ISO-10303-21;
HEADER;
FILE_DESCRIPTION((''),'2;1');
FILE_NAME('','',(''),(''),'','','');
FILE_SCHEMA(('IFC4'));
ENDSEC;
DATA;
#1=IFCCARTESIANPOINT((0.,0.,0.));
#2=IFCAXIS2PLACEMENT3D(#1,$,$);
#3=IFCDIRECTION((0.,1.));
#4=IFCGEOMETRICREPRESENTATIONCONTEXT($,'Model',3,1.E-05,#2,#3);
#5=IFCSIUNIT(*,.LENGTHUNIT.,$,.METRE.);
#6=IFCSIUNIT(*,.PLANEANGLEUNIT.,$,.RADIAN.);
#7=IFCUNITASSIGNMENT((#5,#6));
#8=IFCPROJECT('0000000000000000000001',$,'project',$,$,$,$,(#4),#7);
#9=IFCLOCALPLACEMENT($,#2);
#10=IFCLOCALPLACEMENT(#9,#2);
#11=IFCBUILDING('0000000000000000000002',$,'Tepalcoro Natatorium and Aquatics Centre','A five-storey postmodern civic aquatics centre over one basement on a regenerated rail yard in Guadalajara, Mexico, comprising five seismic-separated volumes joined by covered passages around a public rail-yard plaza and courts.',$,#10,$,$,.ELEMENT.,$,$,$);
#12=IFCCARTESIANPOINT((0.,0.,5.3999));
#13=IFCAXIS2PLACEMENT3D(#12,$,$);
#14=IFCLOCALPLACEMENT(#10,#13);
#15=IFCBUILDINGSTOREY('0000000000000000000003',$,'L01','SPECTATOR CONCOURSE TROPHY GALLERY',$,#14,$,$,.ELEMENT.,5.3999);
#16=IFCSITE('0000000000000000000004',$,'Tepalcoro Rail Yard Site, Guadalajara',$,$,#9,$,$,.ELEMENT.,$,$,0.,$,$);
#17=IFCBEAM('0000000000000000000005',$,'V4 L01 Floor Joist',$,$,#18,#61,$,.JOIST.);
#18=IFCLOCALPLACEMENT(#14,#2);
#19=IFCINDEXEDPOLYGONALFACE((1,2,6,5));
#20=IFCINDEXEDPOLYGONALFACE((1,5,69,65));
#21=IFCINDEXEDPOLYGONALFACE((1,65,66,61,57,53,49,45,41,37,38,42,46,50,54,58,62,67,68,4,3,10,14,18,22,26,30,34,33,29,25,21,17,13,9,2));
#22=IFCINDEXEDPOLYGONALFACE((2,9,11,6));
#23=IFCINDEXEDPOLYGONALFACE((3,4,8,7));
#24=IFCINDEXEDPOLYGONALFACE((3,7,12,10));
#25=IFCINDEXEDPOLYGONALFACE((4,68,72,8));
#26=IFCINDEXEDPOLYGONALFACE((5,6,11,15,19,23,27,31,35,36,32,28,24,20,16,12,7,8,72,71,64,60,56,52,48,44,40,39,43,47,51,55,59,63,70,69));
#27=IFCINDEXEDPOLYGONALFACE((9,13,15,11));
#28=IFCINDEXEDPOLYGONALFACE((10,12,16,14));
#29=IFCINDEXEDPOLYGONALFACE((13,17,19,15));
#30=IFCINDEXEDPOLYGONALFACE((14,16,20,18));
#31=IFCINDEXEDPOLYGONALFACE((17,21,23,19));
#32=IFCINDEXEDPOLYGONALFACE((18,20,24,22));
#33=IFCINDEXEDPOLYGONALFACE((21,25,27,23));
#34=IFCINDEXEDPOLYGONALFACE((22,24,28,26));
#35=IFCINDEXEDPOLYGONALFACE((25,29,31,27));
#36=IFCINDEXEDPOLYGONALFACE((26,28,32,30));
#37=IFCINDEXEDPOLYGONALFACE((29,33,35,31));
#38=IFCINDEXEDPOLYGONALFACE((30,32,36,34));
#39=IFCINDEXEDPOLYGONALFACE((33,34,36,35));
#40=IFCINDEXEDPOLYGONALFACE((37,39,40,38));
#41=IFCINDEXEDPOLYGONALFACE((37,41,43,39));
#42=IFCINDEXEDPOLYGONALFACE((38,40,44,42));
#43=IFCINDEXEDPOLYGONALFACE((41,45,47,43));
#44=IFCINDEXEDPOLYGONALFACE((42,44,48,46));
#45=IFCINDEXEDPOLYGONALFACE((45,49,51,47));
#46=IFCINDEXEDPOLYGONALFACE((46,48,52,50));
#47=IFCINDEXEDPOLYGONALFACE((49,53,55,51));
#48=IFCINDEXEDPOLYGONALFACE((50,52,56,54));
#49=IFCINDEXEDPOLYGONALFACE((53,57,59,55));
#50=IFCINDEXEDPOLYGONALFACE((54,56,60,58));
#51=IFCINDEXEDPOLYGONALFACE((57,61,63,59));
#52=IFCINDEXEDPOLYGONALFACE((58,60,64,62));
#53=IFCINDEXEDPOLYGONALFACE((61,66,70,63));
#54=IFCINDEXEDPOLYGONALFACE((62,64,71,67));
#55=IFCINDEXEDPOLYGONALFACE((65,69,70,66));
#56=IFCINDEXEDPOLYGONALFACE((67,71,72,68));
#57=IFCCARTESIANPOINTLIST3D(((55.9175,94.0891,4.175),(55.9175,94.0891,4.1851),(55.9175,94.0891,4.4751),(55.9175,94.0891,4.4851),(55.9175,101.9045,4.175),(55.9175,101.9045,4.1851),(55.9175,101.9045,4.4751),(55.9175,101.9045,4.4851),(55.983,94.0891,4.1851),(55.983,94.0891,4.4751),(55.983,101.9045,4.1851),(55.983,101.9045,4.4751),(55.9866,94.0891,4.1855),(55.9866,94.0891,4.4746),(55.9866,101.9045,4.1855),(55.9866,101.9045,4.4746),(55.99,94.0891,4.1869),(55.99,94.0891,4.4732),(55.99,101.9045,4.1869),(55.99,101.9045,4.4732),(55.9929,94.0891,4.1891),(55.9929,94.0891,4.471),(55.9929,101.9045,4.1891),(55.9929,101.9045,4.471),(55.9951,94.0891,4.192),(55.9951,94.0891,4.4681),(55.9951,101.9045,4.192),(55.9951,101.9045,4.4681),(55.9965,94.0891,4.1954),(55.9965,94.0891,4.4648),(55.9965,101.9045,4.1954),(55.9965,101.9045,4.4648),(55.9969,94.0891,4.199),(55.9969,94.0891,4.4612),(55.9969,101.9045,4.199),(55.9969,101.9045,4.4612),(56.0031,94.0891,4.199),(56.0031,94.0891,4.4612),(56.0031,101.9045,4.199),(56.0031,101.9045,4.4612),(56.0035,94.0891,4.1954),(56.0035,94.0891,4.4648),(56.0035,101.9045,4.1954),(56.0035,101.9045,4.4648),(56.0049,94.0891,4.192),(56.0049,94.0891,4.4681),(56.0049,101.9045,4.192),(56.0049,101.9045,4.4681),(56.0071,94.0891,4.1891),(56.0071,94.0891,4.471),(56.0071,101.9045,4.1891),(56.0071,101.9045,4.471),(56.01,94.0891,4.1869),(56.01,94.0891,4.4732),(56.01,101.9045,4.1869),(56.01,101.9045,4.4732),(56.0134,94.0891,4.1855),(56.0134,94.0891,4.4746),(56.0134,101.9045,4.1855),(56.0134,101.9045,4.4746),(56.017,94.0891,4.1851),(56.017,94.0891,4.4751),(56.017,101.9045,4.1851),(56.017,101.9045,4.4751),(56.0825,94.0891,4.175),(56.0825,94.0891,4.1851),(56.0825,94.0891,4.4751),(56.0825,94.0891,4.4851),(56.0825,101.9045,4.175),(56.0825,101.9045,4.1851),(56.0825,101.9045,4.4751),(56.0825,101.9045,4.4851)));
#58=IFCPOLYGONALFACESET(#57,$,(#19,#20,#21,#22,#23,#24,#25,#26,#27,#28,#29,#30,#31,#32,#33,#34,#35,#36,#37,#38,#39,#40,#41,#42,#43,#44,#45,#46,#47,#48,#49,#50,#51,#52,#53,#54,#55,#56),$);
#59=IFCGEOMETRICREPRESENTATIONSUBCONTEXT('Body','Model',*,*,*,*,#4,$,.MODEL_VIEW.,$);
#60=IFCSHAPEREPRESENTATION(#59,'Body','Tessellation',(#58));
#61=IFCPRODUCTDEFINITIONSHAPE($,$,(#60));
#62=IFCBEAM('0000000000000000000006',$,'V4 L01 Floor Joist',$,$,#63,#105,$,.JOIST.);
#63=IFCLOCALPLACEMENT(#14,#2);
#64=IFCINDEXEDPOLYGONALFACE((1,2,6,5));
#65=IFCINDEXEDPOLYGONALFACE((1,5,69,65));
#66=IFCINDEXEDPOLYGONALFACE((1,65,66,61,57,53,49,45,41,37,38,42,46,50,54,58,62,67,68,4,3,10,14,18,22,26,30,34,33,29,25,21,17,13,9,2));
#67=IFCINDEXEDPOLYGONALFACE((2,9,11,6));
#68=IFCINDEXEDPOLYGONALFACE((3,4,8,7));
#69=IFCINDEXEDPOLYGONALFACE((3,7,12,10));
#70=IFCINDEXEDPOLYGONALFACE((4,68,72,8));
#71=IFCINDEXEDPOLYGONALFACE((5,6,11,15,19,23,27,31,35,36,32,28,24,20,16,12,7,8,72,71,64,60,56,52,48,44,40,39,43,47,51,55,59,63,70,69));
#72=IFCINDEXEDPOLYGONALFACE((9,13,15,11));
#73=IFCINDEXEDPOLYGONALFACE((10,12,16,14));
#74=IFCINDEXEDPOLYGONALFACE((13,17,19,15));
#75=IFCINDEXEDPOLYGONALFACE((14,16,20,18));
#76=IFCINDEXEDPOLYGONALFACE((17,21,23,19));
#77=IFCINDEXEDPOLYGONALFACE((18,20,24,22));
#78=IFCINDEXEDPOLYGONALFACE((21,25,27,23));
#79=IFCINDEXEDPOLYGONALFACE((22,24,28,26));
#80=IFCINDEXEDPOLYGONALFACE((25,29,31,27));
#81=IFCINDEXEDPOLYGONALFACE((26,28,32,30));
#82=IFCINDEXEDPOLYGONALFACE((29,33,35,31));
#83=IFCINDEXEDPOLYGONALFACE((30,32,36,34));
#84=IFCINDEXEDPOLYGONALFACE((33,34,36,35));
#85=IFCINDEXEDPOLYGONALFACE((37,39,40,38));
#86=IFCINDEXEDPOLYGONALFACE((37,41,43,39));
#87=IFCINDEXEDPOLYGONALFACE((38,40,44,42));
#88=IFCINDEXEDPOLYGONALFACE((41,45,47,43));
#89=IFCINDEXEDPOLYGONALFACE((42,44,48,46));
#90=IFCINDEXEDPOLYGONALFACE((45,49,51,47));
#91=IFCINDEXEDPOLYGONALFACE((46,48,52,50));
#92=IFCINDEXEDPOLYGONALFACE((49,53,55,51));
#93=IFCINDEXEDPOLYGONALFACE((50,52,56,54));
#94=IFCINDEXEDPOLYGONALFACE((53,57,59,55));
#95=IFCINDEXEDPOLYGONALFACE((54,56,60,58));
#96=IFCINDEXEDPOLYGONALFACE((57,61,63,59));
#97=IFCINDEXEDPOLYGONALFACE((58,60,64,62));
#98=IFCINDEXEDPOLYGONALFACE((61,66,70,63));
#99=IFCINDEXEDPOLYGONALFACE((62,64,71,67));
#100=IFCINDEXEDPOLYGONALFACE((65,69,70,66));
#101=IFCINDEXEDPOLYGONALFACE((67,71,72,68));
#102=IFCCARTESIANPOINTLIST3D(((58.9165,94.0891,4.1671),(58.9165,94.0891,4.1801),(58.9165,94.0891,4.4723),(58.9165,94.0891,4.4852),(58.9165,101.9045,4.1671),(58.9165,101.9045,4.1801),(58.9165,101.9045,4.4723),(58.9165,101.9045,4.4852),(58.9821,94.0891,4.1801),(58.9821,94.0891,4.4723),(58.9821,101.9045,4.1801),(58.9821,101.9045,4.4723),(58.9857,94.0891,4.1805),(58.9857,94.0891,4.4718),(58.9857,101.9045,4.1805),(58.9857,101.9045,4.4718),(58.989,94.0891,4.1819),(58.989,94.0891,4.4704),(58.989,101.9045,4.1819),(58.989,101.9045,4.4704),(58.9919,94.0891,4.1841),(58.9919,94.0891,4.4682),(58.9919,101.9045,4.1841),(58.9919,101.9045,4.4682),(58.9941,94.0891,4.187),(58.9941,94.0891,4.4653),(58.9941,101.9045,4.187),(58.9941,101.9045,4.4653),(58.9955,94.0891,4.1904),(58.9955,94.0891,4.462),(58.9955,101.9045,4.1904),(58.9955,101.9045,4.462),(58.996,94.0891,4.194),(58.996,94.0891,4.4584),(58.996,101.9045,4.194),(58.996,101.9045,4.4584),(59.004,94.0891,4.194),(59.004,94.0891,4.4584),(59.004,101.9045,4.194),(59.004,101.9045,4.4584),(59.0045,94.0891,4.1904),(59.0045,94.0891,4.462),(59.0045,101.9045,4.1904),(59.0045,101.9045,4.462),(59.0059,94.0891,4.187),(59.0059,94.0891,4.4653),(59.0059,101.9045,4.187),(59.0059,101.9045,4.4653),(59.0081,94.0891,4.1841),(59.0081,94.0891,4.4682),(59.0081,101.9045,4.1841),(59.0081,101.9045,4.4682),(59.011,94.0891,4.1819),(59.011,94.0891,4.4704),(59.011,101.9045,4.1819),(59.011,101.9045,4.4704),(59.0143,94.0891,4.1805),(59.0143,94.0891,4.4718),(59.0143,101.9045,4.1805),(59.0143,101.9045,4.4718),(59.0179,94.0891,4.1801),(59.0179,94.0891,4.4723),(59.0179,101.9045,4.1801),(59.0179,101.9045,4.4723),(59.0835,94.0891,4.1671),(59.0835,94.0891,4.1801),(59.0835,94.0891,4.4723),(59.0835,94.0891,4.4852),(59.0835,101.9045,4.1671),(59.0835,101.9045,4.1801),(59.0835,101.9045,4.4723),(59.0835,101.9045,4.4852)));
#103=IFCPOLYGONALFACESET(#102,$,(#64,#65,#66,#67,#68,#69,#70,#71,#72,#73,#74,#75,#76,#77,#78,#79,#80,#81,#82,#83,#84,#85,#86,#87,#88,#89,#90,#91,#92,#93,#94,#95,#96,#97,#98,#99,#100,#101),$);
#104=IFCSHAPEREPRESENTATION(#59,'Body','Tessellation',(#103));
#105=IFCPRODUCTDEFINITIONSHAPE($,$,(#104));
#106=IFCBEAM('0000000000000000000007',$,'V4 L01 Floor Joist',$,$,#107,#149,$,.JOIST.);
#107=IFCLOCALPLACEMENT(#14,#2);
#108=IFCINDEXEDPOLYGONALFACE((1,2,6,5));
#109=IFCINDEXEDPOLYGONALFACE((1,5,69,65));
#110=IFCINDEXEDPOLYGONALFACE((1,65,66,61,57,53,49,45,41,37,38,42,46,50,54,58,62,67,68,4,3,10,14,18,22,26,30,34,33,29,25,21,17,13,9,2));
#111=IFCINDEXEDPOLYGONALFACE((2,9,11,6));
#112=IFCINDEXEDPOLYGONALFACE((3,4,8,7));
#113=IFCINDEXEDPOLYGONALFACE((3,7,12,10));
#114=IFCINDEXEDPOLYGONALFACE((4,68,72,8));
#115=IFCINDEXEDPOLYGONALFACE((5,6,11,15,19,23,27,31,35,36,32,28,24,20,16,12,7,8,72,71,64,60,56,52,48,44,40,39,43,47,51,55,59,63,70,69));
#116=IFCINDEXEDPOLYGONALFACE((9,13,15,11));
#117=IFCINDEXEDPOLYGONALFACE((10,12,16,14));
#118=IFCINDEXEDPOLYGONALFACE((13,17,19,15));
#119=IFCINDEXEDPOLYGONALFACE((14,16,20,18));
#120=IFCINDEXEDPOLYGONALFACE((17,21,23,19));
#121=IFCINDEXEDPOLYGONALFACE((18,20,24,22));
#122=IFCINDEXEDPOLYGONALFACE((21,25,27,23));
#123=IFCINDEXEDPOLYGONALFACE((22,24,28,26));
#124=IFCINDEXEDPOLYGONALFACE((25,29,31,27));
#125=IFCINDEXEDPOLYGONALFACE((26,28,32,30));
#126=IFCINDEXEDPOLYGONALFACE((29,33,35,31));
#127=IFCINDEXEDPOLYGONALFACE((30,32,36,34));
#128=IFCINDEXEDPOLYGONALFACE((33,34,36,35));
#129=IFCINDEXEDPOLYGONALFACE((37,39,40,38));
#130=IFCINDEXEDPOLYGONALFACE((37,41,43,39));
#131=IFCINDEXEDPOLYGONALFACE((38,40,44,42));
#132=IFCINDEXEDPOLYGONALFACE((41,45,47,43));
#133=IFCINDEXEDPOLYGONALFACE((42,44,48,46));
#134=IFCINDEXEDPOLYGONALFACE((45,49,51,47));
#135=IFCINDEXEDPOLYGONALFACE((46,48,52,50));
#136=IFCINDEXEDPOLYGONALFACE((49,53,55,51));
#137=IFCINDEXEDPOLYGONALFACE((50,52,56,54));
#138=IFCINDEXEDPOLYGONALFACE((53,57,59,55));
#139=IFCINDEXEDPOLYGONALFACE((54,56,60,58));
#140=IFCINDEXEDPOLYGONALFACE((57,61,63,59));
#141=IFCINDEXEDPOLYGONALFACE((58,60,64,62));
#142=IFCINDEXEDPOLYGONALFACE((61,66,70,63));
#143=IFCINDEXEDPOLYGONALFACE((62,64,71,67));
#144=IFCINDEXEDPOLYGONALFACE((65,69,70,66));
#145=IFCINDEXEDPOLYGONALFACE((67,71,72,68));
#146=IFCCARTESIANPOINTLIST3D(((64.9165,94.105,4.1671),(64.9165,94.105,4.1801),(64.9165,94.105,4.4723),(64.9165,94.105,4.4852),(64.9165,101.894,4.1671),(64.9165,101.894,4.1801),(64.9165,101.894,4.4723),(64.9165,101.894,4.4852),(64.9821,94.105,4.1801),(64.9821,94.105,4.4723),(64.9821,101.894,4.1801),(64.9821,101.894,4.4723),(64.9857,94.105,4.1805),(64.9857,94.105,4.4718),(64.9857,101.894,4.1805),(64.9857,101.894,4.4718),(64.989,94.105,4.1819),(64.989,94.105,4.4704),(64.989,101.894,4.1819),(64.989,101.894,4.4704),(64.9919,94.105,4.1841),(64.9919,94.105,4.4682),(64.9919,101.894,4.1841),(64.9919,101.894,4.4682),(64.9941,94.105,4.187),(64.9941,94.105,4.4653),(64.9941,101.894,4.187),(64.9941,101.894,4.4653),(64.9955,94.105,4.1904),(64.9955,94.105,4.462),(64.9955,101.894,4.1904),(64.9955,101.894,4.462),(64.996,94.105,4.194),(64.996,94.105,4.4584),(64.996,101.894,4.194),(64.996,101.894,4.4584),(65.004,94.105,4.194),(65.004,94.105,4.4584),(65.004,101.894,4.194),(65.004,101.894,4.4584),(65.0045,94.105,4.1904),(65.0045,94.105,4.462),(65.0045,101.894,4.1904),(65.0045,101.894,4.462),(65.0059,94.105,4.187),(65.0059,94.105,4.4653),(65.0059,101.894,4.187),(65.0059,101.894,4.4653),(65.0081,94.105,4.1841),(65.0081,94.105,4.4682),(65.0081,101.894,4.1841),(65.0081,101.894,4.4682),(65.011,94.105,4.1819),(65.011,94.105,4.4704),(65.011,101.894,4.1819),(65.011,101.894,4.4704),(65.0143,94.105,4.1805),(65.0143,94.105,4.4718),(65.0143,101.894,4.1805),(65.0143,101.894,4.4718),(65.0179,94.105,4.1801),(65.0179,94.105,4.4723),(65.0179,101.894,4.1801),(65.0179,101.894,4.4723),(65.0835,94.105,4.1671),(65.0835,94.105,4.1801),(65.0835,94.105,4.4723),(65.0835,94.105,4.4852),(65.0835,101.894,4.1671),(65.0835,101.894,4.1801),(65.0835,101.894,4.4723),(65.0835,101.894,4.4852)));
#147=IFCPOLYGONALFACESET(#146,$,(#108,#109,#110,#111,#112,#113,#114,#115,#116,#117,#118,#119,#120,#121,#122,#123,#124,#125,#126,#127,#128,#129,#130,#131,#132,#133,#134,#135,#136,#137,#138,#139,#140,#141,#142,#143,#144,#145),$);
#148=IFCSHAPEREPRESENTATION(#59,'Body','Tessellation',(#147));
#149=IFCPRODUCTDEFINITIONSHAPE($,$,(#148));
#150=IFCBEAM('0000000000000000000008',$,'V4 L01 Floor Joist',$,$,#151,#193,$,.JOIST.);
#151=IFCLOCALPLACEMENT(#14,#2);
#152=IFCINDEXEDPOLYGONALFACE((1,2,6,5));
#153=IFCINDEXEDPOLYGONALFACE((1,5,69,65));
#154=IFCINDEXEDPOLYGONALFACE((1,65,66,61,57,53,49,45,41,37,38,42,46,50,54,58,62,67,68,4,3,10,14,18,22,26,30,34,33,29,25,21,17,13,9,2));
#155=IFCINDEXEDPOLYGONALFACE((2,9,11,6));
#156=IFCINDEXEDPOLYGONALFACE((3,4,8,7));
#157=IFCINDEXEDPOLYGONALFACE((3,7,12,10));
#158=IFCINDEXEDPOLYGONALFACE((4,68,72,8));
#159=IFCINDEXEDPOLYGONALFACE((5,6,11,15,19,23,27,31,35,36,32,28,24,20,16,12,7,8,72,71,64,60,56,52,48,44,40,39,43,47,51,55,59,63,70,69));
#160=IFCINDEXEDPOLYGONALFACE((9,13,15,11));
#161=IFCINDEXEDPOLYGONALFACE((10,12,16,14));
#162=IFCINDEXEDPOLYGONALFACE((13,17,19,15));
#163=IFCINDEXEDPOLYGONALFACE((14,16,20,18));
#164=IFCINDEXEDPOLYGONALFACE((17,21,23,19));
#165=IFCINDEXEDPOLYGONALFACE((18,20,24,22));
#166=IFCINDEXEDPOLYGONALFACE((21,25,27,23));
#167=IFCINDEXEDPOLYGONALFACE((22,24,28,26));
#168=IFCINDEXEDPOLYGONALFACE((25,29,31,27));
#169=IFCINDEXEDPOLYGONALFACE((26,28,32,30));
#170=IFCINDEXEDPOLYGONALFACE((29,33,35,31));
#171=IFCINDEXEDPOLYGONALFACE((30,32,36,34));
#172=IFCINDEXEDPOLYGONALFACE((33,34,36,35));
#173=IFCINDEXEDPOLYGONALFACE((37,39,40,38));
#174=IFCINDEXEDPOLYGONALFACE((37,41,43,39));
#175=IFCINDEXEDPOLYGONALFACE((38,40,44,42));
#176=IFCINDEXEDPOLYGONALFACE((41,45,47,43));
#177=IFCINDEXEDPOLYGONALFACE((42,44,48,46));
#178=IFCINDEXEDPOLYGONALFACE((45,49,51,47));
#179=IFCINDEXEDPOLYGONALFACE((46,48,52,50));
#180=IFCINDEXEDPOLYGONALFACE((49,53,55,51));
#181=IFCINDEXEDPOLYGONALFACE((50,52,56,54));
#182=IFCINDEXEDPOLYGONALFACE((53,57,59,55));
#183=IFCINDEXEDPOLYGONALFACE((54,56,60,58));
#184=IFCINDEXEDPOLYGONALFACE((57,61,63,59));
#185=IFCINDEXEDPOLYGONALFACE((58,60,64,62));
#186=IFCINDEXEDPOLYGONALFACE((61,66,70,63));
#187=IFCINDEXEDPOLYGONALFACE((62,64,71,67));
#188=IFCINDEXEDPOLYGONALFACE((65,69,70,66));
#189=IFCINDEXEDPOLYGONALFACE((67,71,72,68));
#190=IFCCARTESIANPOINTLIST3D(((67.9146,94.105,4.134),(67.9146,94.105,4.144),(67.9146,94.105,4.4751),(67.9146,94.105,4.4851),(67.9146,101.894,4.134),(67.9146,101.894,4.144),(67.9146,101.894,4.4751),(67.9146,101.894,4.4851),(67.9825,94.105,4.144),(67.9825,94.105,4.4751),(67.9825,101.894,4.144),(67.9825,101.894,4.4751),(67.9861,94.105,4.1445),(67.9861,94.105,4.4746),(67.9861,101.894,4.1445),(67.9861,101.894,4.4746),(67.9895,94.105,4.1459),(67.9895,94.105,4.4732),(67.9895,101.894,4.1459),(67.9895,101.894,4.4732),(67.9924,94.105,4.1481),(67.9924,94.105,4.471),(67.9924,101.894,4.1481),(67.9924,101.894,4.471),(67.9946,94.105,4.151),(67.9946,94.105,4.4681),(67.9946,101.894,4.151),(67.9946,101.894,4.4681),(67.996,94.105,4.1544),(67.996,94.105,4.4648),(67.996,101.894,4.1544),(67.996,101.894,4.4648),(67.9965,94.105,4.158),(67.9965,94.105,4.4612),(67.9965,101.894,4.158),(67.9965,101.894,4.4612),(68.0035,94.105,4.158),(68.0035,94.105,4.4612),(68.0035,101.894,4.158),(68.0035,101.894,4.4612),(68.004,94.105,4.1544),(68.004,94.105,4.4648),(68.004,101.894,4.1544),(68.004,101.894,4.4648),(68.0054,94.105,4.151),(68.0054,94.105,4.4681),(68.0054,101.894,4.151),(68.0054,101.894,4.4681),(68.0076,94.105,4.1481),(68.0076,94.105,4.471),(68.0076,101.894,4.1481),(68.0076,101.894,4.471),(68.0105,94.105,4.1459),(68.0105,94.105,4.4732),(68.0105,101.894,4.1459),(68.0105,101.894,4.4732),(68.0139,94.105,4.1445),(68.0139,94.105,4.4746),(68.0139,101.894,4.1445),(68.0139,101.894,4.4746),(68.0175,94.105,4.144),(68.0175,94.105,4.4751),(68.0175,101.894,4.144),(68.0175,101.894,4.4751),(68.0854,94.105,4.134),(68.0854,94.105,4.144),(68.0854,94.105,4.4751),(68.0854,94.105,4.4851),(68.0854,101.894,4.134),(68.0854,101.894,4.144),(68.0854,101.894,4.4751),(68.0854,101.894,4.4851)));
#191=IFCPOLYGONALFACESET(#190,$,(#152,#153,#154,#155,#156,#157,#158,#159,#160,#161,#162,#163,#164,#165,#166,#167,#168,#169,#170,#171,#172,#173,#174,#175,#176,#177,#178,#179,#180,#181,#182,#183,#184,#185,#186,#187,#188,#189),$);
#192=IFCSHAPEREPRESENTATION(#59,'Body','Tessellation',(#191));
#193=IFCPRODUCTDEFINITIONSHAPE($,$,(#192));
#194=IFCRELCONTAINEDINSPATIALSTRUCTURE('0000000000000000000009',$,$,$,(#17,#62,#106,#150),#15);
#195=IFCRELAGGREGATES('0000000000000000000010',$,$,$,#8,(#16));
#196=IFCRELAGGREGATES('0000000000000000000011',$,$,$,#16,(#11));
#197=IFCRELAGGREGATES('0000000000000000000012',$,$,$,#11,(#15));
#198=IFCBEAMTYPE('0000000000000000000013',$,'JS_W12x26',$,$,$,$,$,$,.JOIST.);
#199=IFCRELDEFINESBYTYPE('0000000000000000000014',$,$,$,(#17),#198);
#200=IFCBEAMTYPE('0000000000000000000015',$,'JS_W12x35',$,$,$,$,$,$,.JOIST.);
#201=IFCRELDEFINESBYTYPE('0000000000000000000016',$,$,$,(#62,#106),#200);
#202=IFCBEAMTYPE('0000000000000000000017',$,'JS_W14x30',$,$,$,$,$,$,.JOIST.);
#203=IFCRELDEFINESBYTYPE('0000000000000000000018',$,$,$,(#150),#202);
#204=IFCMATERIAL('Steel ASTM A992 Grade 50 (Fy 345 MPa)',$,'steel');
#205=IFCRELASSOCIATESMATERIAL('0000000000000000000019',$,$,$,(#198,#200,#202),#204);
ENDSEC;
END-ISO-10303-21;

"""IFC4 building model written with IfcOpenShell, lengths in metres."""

from ifc_helpers import new_model, si_unit, direction, frame, origin, origin_2d, place, context, subcontext, project, spatial, i_section, extrude, material, material_profile, profile_set, type_object, element, save


model = new_model("IFC4")

# Units and contexts
model_context = context("Model", 3, precision=1e-05, world=origin(), true_north=direction((0.0, 1.0)))
body_context = subcontext(model_context, "Body", "Model", "MODEL_VIEW")
ifc_project = project(units=[si_unit("LENGTHUNIT", "METRE"), si_unit("PLANEANGLEUNIT", "RADIAN")], contexts=[model_context])

# Site, building, storey
site_placement = place(None, origin())
site = spatial("IfcSite", under=ifc_project, at=site_placement, Name="Tepalcoro Rail Yard Site, Guadalajara", CompositionType="ELEMENT", RefElevation=0.0)
building_placement = place(site_placement, origin())
building = spatial("IfcBuilding", under=site, at=building_placement, Name="Tepalcoro Natatorium and Aquatics Centre", Description="A five-storey postmodern civic aquatics centre over one basement on a regenerated rail yard in Guadalajara, Mexico, comprising five seismic-separated volumes joined by covered passages around a public rail-yard plaza and courts.", CompositionType="ELEMENT")
storey_placement = place(building_placement, frame((0.0, 0.0, 5.3999)))
storey = spatial("IfcBuildingStorey", under=building, at=storey_placement, Name="L01", Description="SPECTATOR CONCOURSE TROPHY GALLERY", CompositionType="ELEMENT", Elevation=5.3999)

# Beams
ifc_material_1 = material(Name="Steel ASTM A992 Grade 50 (Fy 345 MPa)", Category="steel")
ifc_material_profile_1 = material_profile(ifc_material_1, i_section(OverallWidth=0.165, OverallDepth=0.3101, WebThickness=0.0061, FlangeThickness=0.01, FilletRadius=0.0139, at=origin_2d()), Name="W12X26")
ifc_profile_set_1 = profile_set([ifc_material_profile_1], Name="Steel ASTM A992 Grade 50 (Fy 345 MPa)")
beam_type_1 = type_object("IfcBeamType", Name="JS_W12x26", PredefinedType="JOIST", material=ifc_profile_set_1)
beam_1_placement = place(storey_placement, frame((56.0, 94.0891, 4.3301), z_axis=(0.0, 1.0, 0.0), x_axis=(-1.0, 0.0, 0.0)))
element("IfcBeam", 1, at=beam_1_placement, inside=storey, type_object=beam_type_1, Name="V4 L01 Floor Joist", PredefinedType="JOIST", context=body_context, shape_type="SweptSolid", body=[
    extrude(i_section(OverallWidth=0.165, OverallDepth=0.3101, WebThickness=0.0061, FlangeThickness=0.01, FilletRadius=0.0139, at=origin_2d()), origin(), (0.0, 0.0, 1.0), 7.8154),
])
ifc_material_profile_2 = material_profile(ifc_material_1, i_section(OverallWidth=0.167, OverallDepth=0.3181, WebThickness=0.0081, FlangeThickness=0.0129, FilletRadius=0.0139, at=origin_2d()), Name="W12X35")
ifc_profile_set_2 = profile_set([ifc_material_profile_2], Name="Steel ASTM A992 Grade 50 (Fy 345 MPa)")
beam_type_2 = type_object("IfcBeamType", Name="JS_W12x35", PredefinedType="JOIST", material=ifc_profile_set_2)
beam_2_placement = place(storey_placement, frame((59.0, 94.0891, 4.3262), z_axis=(0.0, 1.0, 0.0), x_axis=(-1.0, 0.0, 0.0)))
element("IfcBeam", 2, at=beam_2_placement, inside=storey, type_object=beam_type_2, Name="V4 L01 Floor Joist", PredefinedType="JOIST", context=body_context, shape_type="SweptSolid", body=[
    extrude(i_section(OverallWidth=0.167, OverallDepth=0.3181, WebThickness=0.0081, FlangeThickness=0.0129, FilletRadius=0.0139, at=origin_2d()), origin(), (0.0, 0.0, 1.0), 7.8154),
])
beam_3_placement = place(storey_placement, frame((65.0, 94.105, 4.3262), z_axis=(0.0, 1.0, 0.0), x_axis=(-1.0, 0.0, 0.0)))
element("IfcBeam", 3, at=beam_3_placement, inside=storey, type_object=beam_type_2, Name="V4 L01 Floor Joist", PredefinedType="JOIST", context=body_context, shape_type="SweptSolid", body=[
    extrude(i_section(OverallWidth=0.167, OverallDepth=0.3181, WebThickness=0.0081, FlangeThickness=0.0129, FilletRadius=0.0139, at=origin_2d()), origin(), (0.0, 0.0, 1.0), 7.7891),
])
ifc_material_profile_3 = material_profile(ifc_material_1, i_section(OverallWidth=0.1709, OverallDepth=0.3511, WebThickness=0.0071, FlangeThickness=0.01, FilletRadius=0.0139, at=origin_2d()), Name="W14X30")
ifc_profile_set_3 = profile_set([ifc_material_profile_3], Name="Steel ASTM A992 Grade 50 (Fy 345 MPa)")
beam_type_3 = type_object("IfcBeamType", Name="JS_W14x30", PredefinedType="JOIST", material=ifc_profile_set_3)
beam_4_placement = place(storey_placement, frame((68.0, 94.105, 4.3096), z_axis=(0.0, 1.0, 0.0), x_axis=(-1.0, 0.0, 0.0)))
element("IfcBeam", 4, at=beam_4_placement, inside=storey, type_object=beam_type_3, Name="V4 L01 Floor Joist", PredefinedType="JOIST", context=body_context, shape_type="SweptSolid", body=[
    extrude(i_section(OverallWidth=0.1709, OverallDepth=0.3511, WebThickness=0.0071, FlangeThickness=0.01, FilletRadius=0.0139, at=origin_2d()), origin(), (0.0, 0.0, 1.0), 7.7891),
])

save(model, "model.ifc")
